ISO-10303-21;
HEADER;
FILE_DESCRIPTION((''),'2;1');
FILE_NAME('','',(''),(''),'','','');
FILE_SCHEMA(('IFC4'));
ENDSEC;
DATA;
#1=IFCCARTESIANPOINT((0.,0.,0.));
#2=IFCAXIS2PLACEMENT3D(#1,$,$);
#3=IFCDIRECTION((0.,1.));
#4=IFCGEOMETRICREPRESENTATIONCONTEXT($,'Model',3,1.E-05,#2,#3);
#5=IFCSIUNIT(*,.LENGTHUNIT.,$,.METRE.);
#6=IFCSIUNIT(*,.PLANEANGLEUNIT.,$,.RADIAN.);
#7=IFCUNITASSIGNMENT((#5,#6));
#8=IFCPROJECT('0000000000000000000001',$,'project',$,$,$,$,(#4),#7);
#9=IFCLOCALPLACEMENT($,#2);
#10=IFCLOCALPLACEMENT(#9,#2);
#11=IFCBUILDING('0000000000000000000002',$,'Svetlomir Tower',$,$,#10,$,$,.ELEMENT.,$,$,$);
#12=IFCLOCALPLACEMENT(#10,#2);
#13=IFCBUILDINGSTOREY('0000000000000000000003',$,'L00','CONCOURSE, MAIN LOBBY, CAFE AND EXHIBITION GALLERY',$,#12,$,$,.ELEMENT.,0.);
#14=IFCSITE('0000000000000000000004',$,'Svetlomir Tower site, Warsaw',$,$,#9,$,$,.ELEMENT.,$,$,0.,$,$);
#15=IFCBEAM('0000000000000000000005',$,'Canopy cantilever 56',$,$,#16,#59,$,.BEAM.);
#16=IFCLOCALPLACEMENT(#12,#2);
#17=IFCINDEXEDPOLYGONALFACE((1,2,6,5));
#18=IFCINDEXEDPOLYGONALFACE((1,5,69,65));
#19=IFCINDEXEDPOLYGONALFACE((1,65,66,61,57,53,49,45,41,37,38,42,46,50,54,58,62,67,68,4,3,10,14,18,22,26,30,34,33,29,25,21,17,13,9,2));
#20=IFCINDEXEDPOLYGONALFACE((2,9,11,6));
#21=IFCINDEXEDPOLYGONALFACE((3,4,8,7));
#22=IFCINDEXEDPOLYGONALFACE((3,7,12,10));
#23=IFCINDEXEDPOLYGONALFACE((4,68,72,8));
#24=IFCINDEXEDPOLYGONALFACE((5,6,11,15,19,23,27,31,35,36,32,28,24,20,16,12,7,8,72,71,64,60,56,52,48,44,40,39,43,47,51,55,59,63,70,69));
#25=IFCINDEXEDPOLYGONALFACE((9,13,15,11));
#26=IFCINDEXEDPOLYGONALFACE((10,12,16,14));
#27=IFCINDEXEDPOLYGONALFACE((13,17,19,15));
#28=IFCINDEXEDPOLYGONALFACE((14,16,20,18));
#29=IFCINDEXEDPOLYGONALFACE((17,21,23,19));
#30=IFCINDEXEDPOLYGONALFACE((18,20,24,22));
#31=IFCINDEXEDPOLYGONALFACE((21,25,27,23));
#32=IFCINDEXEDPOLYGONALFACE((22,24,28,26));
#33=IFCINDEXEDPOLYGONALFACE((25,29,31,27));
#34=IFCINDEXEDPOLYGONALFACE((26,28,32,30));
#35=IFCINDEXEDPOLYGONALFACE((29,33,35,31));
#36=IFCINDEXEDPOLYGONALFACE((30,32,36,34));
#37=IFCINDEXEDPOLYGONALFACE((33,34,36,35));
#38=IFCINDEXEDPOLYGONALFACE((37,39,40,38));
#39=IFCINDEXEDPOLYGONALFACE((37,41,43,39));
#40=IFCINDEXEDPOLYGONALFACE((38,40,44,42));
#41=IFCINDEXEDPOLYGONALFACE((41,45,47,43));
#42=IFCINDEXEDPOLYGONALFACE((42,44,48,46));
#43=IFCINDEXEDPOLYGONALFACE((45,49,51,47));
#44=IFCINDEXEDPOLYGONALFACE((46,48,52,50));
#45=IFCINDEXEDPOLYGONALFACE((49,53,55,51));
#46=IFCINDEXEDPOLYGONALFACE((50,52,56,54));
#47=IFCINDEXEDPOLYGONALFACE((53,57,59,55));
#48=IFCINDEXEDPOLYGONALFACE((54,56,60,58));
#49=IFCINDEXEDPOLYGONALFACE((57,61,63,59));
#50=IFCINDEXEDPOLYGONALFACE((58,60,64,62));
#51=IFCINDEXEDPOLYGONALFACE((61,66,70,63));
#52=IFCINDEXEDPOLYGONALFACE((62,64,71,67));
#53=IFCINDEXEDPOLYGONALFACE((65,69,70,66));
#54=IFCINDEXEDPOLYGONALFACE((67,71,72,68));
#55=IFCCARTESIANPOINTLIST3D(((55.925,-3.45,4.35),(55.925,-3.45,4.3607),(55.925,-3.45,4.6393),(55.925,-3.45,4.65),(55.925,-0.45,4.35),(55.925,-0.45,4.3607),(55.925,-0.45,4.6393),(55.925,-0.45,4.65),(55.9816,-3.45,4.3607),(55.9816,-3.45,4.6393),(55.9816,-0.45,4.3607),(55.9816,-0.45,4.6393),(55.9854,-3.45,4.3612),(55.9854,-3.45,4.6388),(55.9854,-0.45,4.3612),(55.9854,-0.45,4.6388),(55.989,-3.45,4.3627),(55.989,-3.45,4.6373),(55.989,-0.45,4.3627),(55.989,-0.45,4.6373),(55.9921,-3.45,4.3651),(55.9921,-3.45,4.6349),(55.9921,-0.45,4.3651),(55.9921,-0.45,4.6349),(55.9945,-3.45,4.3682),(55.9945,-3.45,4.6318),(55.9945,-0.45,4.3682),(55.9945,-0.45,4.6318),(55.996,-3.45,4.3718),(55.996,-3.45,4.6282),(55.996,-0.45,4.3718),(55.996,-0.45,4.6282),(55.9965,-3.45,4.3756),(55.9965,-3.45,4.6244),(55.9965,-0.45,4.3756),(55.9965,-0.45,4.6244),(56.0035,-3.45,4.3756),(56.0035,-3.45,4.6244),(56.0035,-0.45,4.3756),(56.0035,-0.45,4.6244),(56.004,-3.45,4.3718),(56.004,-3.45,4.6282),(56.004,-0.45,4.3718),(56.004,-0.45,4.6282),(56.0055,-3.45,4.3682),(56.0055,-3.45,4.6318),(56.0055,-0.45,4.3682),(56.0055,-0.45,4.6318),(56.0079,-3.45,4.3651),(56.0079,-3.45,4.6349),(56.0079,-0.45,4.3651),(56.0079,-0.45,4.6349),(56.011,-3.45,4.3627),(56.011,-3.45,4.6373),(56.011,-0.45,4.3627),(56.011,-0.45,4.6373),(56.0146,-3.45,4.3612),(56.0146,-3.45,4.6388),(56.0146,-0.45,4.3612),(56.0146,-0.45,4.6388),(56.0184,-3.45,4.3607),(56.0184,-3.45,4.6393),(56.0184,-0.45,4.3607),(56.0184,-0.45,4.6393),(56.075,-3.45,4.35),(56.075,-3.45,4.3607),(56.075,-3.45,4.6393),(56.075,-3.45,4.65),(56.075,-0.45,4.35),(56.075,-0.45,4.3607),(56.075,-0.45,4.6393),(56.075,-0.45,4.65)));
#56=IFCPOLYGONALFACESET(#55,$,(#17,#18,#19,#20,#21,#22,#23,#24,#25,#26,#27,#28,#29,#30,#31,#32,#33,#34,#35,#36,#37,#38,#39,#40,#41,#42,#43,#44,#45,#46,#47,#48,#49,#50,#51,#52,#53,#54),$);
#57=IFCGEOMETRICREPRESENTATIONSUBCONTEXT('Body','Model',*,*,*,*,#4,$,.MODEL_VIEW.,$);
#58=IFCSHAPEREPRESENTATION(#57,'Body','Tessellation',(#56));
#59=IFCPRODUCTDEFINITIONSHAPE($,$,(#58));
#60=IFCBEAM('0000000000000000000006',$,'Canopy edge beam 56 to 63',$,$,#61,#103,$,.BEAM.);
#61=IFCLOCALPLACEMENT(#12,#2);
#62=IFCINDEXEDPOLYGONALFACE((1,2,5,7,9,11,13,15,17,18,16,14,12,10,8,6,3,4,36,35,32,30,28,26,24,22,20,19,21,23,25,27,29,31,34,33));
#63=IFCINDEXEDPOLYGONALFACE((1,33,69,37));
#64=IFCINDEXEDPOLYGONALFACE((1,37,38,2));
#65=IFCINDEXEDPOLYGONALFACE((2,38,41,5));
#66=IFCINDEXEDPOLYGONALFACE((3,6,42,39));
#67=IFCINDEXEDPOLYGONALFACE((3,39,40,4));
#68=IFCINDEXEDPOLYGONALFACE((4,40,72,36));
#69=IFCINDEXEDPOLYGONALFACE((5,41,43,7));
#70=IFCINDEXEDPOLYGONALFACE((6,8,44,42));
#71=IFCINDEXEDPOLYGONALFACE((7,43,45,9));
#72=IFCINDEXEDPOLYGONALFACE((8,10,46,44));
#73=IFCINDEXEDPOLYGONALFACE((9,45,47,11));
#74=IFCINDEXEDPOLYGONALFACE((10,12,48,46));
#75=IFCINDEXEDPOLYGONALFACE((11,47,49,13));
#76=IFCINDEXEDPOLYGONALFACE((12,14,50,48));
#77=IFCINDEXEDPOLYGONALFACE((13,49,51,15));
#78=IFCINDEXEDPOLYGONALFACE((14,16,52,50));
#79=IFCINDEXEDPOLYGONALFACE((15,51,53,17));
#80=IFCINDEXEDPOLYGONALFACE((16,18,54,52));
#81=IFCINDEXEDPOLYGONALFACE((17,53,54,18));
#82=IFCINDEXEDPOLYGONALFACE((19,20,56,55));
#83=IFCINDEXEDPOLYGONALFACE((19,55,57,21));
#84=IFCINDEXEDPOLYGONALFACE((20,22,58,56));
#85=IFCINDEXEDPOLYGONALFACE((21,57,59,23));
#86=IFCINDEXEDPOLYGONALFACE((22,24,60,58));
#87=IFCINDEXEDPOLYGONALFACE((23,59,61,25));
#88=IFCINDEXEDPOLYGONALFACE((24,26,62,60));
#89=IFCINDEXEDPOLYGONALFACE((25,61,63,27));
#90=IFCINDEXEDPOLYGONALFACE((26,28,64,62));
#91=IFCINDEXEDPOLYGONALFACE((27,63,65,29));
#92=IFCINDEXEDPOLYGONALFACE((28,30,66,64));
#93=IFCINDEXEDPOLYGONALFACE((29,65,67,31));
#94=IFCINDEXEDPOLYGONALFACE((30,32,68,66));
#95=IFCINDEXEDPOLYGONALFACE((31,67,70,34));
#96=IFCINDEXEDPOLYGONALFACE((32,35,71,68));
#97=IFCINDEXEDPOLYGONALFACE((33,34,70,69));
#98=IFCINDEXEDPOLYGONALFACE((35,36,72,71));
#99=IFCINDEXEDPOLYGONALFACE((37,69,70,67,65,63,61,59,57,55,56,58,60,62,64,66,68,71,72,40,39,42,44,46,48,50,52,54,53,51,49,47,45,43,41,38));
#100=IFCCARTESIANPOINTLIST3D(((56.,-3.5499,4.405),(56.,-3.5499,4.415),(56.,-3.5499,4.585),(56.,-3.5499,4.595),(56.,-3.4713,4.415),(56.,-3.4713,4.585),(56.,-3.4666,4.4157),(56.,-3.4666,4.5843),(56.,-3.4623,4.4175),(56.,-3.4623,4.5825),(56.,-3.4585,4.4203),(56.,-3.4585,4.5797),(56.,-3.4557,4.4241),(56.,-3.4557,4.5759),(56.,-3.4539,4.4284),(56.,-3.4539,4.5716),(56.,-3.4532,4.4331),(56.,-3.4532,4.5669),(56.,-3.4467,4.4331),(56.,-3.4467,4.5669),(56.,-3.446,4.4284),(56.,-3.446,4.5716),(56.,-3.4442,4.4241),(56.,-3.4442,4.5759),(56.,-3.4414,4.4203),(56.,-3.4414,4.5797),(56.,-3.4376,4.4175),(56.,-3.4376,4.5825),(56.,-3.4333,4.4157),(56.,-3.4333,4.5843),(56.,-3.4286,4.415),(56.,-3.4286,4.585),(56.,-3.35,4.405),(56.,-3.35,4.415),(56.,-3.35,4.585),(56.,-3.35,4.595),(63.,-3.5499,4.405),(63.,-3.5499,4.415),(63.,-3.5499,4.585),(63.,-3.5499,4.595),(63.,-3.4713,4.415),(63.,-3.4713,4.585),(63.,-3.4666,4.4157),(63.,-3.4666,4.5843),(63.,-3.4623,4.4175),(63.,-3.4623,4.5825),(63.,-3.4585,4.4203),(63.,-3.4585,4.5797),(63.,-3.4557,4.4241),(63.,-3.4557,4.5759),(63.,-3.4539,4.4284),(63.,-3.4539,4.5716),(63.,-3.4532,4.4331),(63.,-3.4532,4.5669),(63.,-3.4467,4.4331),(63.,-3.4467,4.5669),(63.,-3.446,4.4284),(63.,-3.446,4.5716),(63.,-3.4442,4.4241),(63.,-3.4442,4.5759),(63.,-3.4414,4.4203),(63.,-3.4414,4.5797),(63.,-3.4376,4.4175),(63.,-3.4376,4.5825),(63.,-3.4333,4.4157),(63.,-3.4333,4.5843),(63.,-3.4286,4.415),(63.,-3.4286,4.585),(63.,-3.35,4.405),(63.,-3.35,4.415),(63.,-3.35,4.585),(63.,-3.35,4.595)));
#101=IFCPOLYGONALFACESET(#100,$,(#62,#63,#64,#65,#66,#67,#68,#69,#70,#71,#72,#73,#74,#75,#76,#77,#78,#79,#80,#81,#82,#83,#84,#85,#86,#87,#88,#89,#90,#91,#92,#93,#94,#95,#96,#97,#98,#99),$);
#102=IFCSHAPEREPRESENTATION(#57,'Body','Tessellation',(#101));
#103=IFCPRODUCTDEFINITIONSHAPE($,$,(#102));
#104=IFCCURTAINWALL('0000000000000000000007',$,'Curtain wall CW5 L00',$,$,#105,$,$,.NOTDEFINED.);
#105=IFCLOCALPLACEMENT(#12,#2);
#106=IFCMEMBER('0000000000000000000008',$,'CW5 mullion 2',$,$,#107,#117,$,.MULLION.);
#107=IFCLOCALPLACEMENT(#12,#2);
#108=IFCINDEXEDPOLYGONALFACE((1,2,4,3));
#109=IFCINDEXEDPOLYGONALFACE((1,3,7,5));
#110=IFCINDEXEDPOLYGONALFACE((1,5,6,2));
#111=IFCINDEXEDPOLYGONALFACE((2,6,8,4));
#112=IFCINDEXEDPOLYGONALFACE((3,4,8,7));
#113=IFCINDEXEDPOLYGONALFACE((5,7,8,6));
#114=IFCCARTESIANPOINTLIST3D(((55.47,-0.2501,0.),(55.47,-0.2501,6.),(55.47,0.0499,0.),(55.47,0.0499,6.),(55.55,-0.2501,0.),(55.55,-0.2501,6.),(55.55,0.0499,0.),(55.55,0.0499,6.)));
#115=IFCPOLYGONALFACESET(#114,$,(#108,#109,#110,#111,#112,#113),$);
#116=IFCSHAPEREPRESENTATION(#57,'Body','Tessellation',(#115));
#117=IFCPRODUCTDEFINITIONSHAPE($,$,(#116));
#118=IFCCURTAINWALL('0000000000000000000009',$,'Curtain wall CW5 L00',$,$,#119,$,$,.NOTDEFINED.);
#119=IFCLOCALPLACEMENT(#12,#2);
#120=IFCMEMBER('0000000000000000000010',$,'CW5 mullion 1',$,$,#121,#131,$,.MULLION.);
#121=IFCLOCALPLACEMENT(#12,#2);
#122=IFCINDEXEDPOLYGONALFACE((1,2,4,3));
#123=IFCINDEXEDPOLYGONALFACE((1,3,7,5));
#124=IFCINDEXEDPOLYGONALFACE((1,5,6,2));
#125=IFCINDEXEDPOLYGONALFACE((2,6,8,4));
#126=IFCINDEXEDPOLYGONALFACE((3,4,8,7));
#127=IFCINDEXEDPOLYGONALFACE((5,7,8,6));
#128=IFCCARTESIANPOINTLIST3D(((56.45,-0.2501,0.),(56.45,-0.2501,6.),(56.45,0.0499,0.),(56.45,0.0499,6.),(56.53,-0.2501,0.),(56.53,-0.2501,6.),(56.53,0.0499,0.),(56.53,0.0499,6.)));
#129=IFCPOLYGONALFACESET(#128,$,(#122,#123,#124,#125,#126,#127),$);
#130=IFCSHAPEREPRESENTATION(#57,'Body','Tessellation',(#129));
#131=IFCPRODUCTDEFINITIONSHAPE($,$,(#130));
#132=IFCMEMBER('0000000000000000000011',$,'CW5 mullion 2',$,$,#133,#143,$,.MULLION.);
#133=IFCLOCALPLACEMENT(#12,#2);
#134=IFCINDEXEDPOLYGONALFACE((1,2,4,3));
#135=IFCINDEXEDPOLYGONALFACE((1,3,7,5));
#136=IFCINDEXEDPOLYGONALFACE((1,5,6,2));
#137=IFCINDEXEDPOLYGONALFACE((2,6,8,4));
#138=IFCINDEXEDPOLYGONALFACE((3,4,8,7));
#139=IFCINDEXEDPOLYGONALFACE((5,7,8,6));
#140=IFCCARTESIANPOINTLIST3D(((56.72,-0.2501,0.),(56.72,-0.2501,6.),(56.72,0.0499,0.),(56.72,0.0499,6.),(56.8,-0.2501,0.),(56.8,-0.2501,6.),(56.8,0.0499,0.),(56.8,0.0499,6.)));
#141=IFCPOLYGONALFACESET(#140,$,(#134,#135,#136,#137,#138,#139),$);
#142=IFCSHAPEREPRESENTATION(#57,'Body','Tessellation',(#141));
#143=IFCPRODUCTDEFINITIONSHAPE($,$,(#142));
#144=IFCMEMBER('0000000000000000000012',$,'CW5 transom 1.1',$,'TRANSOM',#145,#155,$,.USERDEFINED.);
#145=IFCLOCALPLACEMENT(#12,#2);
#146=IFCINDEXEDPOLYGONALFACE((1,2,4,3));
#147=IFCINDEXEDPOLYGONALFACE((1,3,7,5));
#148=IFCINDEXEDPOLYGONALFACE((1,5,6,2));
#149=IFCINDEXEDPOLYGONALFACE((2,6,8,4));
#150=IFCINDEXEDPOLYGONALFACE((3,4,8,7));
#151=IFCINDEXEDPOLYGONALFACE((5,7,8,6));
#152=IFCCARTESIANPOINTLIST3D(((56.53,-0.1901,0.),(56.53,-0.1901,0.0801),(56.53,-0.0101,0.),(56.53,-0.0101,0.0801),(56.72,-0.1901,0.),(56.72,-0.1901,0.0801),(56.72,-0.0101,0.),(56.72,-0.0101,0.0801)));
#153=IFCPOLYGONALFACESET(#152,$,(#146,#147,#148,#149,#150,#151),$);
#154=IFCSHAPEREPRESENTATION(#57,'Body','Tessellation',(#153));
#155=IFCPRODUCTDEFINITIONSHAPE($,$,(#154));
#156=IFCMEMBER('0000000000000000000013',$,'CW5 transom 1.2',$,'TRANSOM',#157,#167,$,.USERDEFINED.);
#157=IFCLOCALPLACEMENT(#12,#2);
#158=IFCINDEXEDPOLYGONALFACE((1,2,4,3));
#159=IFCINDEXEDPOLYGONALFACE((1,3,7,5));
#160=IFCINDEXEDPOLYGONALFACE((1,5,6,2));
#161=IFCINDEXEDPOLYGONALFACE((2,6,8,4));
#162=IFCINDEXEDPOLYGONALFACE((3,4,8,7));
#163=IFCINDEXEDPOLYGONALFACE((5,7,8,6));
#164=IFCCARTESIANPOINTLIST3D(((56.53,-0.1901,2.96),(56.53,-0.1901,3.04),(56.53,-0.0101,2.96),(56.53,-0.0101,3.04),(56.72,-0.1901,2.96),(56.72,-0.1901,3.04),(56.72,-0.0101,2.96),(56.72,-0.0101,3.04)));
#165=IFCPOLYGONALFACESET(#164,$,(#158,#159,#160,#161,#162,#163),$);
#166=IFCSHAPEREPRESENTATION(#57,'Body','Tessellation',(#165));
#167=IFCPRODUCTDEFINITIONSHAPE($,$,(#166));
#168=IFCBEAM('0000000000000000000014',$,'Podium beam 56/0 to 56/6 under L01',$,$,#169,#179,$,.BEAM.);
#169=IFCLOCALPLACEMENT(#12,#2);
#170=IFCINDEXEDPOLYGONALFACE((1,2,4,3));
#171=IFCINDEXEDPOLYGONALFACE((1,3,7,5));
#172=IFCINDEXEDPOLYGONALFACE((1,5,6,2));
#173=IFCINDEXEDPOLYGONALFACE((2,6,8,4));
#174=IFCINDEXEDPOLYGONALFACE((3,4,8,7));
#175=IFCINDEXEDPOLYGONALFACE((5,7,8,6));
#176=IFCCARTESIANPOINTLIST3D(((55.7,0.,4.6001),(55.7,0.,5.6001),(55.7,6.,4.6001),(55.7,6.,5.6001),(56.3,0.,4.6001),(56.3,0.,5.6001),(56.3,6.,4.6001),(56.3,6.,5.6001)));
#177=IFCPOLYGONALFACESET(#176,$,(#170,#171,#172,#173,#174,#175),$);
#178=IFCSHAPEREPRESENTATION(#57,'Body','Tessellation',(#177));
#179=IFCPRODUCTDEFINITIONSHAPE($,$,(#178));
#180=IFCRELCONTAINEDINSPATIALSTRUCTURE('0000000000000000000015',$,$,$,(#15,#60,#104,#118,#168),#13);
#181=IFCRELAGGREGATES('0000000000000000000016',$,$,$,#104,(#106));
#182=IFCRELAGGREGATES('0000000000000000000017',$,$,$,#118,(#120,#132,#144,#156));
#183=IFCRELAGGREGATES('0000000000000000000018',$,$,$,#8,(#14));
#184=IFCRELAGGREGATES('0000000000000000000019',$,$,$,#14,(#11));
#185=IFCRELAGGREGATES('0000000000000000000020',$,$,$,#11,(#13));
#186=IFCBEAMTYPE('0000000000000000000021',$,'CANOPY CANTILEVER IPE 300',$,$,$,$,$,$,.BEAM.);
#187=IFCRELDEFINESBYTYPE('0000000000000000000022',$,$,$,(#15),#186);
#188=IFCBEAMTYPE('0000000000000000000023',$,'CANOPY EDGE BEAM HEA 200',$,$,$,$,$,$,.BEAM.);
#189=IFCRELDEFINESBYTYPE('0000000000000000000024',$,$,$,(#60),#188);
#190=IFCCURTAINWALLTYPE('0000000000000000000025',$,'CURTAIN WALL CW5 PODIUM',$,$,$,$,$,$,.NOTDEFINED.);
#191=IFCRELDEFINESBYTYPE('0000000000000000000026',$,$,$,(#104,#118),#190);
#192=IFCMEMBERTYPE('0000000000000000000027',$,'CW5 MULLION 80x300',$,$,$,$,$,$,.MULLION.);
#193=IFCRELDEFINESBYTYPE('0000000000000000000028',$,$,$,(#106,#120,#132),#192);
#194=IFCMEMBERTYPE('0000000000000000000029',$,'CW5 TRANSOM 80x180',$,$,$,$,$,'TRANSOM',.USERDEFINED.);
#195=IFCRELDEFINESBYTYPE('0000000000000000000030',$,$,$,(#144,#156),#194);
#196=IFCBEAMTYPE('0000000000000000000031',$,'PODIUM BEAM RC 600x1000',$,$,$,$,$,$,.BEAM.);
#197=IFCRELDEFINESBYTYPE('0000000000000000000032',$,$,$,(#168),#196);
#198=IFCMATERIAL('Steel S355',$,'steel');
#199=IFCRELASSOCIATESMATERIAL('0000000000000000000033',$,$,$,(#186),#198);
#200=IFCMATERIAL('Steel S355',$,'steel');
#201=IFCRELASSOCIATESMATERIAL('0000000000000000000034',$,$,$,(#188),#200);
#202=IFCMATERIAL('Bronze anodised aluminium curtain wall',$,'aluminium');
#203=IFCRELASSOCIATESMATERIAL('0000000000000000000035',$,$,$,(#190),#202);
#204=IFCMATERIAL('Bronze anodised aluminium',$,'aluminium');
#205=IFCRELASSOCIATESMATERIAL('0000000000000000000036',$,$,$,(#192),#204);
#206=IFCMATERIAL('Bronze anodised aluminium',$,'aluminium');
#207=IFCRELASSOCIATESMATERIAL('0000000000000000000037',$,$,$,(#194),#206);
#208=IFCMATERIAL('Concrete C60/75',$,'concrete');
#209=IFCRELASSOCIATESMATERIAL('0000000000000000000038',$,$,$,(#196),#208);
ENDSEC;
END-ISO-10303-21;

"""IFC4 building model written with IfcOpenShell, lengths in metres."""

from ifc_helpers import new_model, si_unit, direction, frame, origin, origin_2d, place, context, subcontext, project, spatial, rectangle, i_section, extrude, material, material_profile, profile_set, type_object, element, aggregate, save


model = new_model("IFC4")

# Units and contexts
model_context = context("Model", 3, precision=1e-05, world=origin(), true_north=direction((0.0, 1.0)))
body_context = subcontext(model_context, "Body", "Model", "MODEL_VIEW")
ifc_project = project(units=[si_unit("LENGTHUNIT", "METRE"), si_unit("PLANEANGLEUNIT", "RADIAN")], contexts=[model_context])

# Site, building, storey
site_placement = place(None, origin())
site = spatial("IfcSite", under=ifc_project, at=site_placement, Name="Svetlomir Tower site, Warsaw", CompositionType="ELEMENT", RefElevation=0.0)
building_placement = place(site_placement, origin())
building = spatial("IfcBuilding", under=site, at=building_placement, Name="Svetlomir Tower", CompositionType="ELEMENT")
storey_placement = place(building_placement, origin())
storey = spatial("IfcBuildingStorey", under=building, at=storey_placement, Name="L00", Description="CONCOURSE, MAIN LOBBY, CAFE AND EXHIBITION GALLERY", CompositionType="ELEMENT", Elevation=0.0)

# Beams
ifc_material_1 = material(Name="Steel S355", Category="steel")
ifc_material_profile_1 = material_profile(ifc_material_1, i_section(OverallWidth=0.1499, OverallDepth=0.3, WebThickness=0.0071, FlangeThickness=0.0107, FilletRadius=0.0149, at=origin_2d()), Name="IPE 300")
ifc_profile_set_1 = profile_set([ifc_material_profile_1], Name="Steel S355")
beam_type_1 = type_object("IfcBeamType", Name="CANOPY CANTILEVER IPE 300", PredefinedType="BEAM", material=ifc_profile_set_1)
beam_1_placement = place(storey_placement, frame((56.0, -0.45, 4.5), z_axis=(0.0, -1.0, 0.0), x_axis=(1.0, 0.0, 0.0)))
element("IfcBeam", 1, at=beam_1_placement, inside=storey, type_object=beam_type_1, Name="Canopy cantilever 56", PredefinedType="BEAM", context=body_context, shape_type="SweptSolid", body=[
    extrude(i_section(OverallWidth=0.1499, OverallDepth=0.3, WebThickness=0.0071, FlangeThickness=0.0107, FilletRadius=0.0149, at=origin_2d()), origin(), (0.0, 0.0, 1.0), 3.0),
])
ifc_material_2 = material(Name="Steel S355", Category="steel")
ifc_material_profile_2 = material_profile(ifc_material_2, i_section(OverallWidth=0.2, OverallDepth=0.1899, WebThickness=0.0066, FlangeThickness=0.01, FilletRadius=0.0181, at=origin_2d()), Name="HEA 200")
ifc_profile_set_2 = profile_set([ifc_material_profile_2], Name="Steel S355")
beam_type_2 = type_object("IfcBeamType", Name="CANOPY EDGE BEAM HEA 200", PredefinedType="BEAM", material=ifc_profile_set_2)
beam_2_placement = place(storey_placement, frame((56.0, -3.45, 4.5), z_axis=(1.0, 0.0, 0.0), x_axis=(0.0, 1.0, 0.0)))
element("IfcBeam", 2, at=beam_2_placement, inside=storey, type_object=beam_type_2, Name="Canopy edge beam 56 to 63", PredefinedType="BEAM", context=body_context, shape_type="SweptSolid", body=[
    extrude(i_section(OverallWidth=0.2, OverallDepth=0.1899, WebThickness=0.0066, FlangeThickness=0.01, FilletRadius=0.0181, at=origin_2d()), origin(), (0.0, 0.0, 1.0), 7.0),
])

# Curtain wall, member
ifc_material_3 = material(Name="Bronze anodised aluminium curtain wall", Category="aluminium")
curtain_wall_type = type_object("IfcCurtainWallType", Name="CURTAIN WALL CW5 PODIUM", PredefinedType="NOTDEFINED", material=ifc_material_3)
curtain_wall_1_placement = place(storey_placement, origin())
curtain_wall_1 = element("IfcCurtainWall", 3, at=curtain_wall_1_placement, inside=storey, type_object=curtain_wall_type, Name="Curtain wall CW5 L00", PredefinedType="NOTDEFINED")
ifc_material_4 = material(Name="Bronze anodised aluminium", Category="aluminium")
ifc_material_profile_3 = material_profile(ifc_material_4, rectangle(XDim=0.0801, YDim=0.3, at=origin_2d()), Name="AL 80x300")
ifc_profile_set_3 = profile_set([ifc_material_profile_3], Name="Bronze anodised aluminium 6063-T6")
member_type_1 = type_object("IfcMemberType", Name="CW5 MULLION 80x300", PredefinedType="MULLION", material=ifc_profile_set_3)
member_1_placement = place(storey_placement, frame((55.51, -0.1001, 0.0), z_axis=(0.0, 0.0, 1.0), x_axis=(1.0, 0.0, 0.0)))
member_1 = element("IfcMember", 4, at=member_1_placement, type_object=member_type_1, Name="CW5 mullion 2", PredefinedType="MULLION", context=body_context, shape_type="SweptSolid", body=[
    extrude(rectangle(XDim=0.0801, YDim=0.3, at=origin_2d()), origin(), (0.0, 0.0, 1.0), 6.0),
])
aggregate(curtain_wall_1, [member_1])

# Curtain wall, members
curtain_wall_2_placement = place(storey_placement, origin())
curtain_wall_2 = element("IfcCurtainWall", 5, at=curtain_wall_2_placement, inside=storey, type_object=curtain_wall_type, Name="Curtain wall CW5 L00", PredefinedType="NOTDEFINED")
member_2_placement = place(storey_placement, frame((56.49, -0.1001, 0.0), z_axis=(0.0, 0.0, 1.0), x_axis=(1.0, 0.0, 0.0)))
member_2 = element("IfcMember", 6, at=member_2_placement, type_object=member_type_1, Name="CW5 mullion 1", PredefinedType="MULLION", context=body_context, shape_type="SweptSolid", body=[
    extrude(rectangle(XDim=0.0801, YDim=0.3, at=origin_2d()), origin(), (0.0, 0.0, 1.0), 6.0),
])
member_3_placement = place(storey_placement, frame((56.76, -0.1001, 0.0), z_axis=(0.0, 0.0, 1.0), x_axis=(1.0, 0.0, 0.0)))
member_3 = element("IfcMember", 7, at=member_3_placement, type_object=member_type_1, Name="CW5 mullion 2", PredefinedType="MULLION", context=body_context, shape_type="SweptSolid", body=[
    extrude(rectangle(XDim=0.0801, YDim=0.3, at=origin_2d()), origin(), (0.0, 0.0, 1.0), 6.0),
])
ifc_material_5 = material(Name="Bronze anodised aluminium", Category="aluminium")
ifc_material_profile_4 = material_profile(ifc_material_5, rectangle(XDim=0.1799, YDim=0.0801, at=origin_2d()), Name="AL 180x80")
ifc_profile_set_4 = profile_set([ifc_material_profile_4], Name="Bronze anodised aluminium 6063-T6")
member_type_2 = type_object("IfcMemberType", Name="CW5 TRANSOM 80x180", ElementType="TRANSOM", PredefinedType="USERDEFINED", material=ifc_profile_set_4)
member_4_placement = place(storey_placement, frame((56.53, -0.1001, 0.04), z_axis=(1.0, 0.0, 0.0), x_axis=(0.0, 1.0, 0.0)))
member_4 = element("IfcMember", 8, at=member_4_placement, type_object=member_type_2, Name="CW5 transom 1.1", ObjectType="TRANSOM", PredefinedType="USERDEFINED", context=body_context, shape_type="SweptSolid", body=[
    extrude(rectangle(XDim=0.1799, YDim=0.0801, at=origin_2d()), origin(), (0.0, 0.0, 1.0), 0.1899),
])
member_5_placement = place(storey_placement, frame((56.53, -0.1001, 3.0), z_axis=(1.0, 0.0, 0.0), x_axis=(0.0, 1.0, 0.0)))
member_5 = element("IfcMember", 9, at=member_5_placement, type_object=member_type_2, Name="CW5 transom 1.2", ObjectType="TRANSOM", PredefinedType="USERDEFINED", context=body_context, shape_type="SweptSolid", body=[
    extrude(rectangle(XDim=0.1799, YDim=0.0801, at=origin_2d()), origin(), (0.0, 0.0, 1.0), 0.1899),
])

# Beam
ifc_material_6 = material(Name="Concrete C60/75", Category="concrete")
ifc_material_profile_5 = material_profile(ifc_material_6, rectangle(XDim=0.6001, YDim=1.0, at=origin_2d()), Name="RC 600x1000")
ifc_profile_set_5 = profile_set([ifc_material_profile_5], Name="Concrete C60/75")
beam_type_3 = type_object("IfcBeamType", Name="PODIUM BEAM RC 600x1000", PredefinedType="BEAM", material=ifc_profile_set_5)
beam_3_placement = place(storey_placement, frame((56.0, 0.0, 5.1001), z_axis=(0.0, 1.0, 0.0), x_axis=(-1.0, 0.0, 0.0)))
element("IfcBeam", 10, at=beam_3_placement, inside=storey, type_object=beam_type_3, Name="Podium beam 56/0 to 56/6 under L01", PredefinedType="BEAM", context=body_context, shape_type="SweptSolid", body=[
    extrude(rectangle(XDim=0.6001, YDim=1.0, at=origin_2d()), origin(), (0.0, 0.0, 1.0), 6.0),
])

aggregate(curtain_wall_2, [member_2, member_3, member_4, member_5])

save(model, "model.ifc")
